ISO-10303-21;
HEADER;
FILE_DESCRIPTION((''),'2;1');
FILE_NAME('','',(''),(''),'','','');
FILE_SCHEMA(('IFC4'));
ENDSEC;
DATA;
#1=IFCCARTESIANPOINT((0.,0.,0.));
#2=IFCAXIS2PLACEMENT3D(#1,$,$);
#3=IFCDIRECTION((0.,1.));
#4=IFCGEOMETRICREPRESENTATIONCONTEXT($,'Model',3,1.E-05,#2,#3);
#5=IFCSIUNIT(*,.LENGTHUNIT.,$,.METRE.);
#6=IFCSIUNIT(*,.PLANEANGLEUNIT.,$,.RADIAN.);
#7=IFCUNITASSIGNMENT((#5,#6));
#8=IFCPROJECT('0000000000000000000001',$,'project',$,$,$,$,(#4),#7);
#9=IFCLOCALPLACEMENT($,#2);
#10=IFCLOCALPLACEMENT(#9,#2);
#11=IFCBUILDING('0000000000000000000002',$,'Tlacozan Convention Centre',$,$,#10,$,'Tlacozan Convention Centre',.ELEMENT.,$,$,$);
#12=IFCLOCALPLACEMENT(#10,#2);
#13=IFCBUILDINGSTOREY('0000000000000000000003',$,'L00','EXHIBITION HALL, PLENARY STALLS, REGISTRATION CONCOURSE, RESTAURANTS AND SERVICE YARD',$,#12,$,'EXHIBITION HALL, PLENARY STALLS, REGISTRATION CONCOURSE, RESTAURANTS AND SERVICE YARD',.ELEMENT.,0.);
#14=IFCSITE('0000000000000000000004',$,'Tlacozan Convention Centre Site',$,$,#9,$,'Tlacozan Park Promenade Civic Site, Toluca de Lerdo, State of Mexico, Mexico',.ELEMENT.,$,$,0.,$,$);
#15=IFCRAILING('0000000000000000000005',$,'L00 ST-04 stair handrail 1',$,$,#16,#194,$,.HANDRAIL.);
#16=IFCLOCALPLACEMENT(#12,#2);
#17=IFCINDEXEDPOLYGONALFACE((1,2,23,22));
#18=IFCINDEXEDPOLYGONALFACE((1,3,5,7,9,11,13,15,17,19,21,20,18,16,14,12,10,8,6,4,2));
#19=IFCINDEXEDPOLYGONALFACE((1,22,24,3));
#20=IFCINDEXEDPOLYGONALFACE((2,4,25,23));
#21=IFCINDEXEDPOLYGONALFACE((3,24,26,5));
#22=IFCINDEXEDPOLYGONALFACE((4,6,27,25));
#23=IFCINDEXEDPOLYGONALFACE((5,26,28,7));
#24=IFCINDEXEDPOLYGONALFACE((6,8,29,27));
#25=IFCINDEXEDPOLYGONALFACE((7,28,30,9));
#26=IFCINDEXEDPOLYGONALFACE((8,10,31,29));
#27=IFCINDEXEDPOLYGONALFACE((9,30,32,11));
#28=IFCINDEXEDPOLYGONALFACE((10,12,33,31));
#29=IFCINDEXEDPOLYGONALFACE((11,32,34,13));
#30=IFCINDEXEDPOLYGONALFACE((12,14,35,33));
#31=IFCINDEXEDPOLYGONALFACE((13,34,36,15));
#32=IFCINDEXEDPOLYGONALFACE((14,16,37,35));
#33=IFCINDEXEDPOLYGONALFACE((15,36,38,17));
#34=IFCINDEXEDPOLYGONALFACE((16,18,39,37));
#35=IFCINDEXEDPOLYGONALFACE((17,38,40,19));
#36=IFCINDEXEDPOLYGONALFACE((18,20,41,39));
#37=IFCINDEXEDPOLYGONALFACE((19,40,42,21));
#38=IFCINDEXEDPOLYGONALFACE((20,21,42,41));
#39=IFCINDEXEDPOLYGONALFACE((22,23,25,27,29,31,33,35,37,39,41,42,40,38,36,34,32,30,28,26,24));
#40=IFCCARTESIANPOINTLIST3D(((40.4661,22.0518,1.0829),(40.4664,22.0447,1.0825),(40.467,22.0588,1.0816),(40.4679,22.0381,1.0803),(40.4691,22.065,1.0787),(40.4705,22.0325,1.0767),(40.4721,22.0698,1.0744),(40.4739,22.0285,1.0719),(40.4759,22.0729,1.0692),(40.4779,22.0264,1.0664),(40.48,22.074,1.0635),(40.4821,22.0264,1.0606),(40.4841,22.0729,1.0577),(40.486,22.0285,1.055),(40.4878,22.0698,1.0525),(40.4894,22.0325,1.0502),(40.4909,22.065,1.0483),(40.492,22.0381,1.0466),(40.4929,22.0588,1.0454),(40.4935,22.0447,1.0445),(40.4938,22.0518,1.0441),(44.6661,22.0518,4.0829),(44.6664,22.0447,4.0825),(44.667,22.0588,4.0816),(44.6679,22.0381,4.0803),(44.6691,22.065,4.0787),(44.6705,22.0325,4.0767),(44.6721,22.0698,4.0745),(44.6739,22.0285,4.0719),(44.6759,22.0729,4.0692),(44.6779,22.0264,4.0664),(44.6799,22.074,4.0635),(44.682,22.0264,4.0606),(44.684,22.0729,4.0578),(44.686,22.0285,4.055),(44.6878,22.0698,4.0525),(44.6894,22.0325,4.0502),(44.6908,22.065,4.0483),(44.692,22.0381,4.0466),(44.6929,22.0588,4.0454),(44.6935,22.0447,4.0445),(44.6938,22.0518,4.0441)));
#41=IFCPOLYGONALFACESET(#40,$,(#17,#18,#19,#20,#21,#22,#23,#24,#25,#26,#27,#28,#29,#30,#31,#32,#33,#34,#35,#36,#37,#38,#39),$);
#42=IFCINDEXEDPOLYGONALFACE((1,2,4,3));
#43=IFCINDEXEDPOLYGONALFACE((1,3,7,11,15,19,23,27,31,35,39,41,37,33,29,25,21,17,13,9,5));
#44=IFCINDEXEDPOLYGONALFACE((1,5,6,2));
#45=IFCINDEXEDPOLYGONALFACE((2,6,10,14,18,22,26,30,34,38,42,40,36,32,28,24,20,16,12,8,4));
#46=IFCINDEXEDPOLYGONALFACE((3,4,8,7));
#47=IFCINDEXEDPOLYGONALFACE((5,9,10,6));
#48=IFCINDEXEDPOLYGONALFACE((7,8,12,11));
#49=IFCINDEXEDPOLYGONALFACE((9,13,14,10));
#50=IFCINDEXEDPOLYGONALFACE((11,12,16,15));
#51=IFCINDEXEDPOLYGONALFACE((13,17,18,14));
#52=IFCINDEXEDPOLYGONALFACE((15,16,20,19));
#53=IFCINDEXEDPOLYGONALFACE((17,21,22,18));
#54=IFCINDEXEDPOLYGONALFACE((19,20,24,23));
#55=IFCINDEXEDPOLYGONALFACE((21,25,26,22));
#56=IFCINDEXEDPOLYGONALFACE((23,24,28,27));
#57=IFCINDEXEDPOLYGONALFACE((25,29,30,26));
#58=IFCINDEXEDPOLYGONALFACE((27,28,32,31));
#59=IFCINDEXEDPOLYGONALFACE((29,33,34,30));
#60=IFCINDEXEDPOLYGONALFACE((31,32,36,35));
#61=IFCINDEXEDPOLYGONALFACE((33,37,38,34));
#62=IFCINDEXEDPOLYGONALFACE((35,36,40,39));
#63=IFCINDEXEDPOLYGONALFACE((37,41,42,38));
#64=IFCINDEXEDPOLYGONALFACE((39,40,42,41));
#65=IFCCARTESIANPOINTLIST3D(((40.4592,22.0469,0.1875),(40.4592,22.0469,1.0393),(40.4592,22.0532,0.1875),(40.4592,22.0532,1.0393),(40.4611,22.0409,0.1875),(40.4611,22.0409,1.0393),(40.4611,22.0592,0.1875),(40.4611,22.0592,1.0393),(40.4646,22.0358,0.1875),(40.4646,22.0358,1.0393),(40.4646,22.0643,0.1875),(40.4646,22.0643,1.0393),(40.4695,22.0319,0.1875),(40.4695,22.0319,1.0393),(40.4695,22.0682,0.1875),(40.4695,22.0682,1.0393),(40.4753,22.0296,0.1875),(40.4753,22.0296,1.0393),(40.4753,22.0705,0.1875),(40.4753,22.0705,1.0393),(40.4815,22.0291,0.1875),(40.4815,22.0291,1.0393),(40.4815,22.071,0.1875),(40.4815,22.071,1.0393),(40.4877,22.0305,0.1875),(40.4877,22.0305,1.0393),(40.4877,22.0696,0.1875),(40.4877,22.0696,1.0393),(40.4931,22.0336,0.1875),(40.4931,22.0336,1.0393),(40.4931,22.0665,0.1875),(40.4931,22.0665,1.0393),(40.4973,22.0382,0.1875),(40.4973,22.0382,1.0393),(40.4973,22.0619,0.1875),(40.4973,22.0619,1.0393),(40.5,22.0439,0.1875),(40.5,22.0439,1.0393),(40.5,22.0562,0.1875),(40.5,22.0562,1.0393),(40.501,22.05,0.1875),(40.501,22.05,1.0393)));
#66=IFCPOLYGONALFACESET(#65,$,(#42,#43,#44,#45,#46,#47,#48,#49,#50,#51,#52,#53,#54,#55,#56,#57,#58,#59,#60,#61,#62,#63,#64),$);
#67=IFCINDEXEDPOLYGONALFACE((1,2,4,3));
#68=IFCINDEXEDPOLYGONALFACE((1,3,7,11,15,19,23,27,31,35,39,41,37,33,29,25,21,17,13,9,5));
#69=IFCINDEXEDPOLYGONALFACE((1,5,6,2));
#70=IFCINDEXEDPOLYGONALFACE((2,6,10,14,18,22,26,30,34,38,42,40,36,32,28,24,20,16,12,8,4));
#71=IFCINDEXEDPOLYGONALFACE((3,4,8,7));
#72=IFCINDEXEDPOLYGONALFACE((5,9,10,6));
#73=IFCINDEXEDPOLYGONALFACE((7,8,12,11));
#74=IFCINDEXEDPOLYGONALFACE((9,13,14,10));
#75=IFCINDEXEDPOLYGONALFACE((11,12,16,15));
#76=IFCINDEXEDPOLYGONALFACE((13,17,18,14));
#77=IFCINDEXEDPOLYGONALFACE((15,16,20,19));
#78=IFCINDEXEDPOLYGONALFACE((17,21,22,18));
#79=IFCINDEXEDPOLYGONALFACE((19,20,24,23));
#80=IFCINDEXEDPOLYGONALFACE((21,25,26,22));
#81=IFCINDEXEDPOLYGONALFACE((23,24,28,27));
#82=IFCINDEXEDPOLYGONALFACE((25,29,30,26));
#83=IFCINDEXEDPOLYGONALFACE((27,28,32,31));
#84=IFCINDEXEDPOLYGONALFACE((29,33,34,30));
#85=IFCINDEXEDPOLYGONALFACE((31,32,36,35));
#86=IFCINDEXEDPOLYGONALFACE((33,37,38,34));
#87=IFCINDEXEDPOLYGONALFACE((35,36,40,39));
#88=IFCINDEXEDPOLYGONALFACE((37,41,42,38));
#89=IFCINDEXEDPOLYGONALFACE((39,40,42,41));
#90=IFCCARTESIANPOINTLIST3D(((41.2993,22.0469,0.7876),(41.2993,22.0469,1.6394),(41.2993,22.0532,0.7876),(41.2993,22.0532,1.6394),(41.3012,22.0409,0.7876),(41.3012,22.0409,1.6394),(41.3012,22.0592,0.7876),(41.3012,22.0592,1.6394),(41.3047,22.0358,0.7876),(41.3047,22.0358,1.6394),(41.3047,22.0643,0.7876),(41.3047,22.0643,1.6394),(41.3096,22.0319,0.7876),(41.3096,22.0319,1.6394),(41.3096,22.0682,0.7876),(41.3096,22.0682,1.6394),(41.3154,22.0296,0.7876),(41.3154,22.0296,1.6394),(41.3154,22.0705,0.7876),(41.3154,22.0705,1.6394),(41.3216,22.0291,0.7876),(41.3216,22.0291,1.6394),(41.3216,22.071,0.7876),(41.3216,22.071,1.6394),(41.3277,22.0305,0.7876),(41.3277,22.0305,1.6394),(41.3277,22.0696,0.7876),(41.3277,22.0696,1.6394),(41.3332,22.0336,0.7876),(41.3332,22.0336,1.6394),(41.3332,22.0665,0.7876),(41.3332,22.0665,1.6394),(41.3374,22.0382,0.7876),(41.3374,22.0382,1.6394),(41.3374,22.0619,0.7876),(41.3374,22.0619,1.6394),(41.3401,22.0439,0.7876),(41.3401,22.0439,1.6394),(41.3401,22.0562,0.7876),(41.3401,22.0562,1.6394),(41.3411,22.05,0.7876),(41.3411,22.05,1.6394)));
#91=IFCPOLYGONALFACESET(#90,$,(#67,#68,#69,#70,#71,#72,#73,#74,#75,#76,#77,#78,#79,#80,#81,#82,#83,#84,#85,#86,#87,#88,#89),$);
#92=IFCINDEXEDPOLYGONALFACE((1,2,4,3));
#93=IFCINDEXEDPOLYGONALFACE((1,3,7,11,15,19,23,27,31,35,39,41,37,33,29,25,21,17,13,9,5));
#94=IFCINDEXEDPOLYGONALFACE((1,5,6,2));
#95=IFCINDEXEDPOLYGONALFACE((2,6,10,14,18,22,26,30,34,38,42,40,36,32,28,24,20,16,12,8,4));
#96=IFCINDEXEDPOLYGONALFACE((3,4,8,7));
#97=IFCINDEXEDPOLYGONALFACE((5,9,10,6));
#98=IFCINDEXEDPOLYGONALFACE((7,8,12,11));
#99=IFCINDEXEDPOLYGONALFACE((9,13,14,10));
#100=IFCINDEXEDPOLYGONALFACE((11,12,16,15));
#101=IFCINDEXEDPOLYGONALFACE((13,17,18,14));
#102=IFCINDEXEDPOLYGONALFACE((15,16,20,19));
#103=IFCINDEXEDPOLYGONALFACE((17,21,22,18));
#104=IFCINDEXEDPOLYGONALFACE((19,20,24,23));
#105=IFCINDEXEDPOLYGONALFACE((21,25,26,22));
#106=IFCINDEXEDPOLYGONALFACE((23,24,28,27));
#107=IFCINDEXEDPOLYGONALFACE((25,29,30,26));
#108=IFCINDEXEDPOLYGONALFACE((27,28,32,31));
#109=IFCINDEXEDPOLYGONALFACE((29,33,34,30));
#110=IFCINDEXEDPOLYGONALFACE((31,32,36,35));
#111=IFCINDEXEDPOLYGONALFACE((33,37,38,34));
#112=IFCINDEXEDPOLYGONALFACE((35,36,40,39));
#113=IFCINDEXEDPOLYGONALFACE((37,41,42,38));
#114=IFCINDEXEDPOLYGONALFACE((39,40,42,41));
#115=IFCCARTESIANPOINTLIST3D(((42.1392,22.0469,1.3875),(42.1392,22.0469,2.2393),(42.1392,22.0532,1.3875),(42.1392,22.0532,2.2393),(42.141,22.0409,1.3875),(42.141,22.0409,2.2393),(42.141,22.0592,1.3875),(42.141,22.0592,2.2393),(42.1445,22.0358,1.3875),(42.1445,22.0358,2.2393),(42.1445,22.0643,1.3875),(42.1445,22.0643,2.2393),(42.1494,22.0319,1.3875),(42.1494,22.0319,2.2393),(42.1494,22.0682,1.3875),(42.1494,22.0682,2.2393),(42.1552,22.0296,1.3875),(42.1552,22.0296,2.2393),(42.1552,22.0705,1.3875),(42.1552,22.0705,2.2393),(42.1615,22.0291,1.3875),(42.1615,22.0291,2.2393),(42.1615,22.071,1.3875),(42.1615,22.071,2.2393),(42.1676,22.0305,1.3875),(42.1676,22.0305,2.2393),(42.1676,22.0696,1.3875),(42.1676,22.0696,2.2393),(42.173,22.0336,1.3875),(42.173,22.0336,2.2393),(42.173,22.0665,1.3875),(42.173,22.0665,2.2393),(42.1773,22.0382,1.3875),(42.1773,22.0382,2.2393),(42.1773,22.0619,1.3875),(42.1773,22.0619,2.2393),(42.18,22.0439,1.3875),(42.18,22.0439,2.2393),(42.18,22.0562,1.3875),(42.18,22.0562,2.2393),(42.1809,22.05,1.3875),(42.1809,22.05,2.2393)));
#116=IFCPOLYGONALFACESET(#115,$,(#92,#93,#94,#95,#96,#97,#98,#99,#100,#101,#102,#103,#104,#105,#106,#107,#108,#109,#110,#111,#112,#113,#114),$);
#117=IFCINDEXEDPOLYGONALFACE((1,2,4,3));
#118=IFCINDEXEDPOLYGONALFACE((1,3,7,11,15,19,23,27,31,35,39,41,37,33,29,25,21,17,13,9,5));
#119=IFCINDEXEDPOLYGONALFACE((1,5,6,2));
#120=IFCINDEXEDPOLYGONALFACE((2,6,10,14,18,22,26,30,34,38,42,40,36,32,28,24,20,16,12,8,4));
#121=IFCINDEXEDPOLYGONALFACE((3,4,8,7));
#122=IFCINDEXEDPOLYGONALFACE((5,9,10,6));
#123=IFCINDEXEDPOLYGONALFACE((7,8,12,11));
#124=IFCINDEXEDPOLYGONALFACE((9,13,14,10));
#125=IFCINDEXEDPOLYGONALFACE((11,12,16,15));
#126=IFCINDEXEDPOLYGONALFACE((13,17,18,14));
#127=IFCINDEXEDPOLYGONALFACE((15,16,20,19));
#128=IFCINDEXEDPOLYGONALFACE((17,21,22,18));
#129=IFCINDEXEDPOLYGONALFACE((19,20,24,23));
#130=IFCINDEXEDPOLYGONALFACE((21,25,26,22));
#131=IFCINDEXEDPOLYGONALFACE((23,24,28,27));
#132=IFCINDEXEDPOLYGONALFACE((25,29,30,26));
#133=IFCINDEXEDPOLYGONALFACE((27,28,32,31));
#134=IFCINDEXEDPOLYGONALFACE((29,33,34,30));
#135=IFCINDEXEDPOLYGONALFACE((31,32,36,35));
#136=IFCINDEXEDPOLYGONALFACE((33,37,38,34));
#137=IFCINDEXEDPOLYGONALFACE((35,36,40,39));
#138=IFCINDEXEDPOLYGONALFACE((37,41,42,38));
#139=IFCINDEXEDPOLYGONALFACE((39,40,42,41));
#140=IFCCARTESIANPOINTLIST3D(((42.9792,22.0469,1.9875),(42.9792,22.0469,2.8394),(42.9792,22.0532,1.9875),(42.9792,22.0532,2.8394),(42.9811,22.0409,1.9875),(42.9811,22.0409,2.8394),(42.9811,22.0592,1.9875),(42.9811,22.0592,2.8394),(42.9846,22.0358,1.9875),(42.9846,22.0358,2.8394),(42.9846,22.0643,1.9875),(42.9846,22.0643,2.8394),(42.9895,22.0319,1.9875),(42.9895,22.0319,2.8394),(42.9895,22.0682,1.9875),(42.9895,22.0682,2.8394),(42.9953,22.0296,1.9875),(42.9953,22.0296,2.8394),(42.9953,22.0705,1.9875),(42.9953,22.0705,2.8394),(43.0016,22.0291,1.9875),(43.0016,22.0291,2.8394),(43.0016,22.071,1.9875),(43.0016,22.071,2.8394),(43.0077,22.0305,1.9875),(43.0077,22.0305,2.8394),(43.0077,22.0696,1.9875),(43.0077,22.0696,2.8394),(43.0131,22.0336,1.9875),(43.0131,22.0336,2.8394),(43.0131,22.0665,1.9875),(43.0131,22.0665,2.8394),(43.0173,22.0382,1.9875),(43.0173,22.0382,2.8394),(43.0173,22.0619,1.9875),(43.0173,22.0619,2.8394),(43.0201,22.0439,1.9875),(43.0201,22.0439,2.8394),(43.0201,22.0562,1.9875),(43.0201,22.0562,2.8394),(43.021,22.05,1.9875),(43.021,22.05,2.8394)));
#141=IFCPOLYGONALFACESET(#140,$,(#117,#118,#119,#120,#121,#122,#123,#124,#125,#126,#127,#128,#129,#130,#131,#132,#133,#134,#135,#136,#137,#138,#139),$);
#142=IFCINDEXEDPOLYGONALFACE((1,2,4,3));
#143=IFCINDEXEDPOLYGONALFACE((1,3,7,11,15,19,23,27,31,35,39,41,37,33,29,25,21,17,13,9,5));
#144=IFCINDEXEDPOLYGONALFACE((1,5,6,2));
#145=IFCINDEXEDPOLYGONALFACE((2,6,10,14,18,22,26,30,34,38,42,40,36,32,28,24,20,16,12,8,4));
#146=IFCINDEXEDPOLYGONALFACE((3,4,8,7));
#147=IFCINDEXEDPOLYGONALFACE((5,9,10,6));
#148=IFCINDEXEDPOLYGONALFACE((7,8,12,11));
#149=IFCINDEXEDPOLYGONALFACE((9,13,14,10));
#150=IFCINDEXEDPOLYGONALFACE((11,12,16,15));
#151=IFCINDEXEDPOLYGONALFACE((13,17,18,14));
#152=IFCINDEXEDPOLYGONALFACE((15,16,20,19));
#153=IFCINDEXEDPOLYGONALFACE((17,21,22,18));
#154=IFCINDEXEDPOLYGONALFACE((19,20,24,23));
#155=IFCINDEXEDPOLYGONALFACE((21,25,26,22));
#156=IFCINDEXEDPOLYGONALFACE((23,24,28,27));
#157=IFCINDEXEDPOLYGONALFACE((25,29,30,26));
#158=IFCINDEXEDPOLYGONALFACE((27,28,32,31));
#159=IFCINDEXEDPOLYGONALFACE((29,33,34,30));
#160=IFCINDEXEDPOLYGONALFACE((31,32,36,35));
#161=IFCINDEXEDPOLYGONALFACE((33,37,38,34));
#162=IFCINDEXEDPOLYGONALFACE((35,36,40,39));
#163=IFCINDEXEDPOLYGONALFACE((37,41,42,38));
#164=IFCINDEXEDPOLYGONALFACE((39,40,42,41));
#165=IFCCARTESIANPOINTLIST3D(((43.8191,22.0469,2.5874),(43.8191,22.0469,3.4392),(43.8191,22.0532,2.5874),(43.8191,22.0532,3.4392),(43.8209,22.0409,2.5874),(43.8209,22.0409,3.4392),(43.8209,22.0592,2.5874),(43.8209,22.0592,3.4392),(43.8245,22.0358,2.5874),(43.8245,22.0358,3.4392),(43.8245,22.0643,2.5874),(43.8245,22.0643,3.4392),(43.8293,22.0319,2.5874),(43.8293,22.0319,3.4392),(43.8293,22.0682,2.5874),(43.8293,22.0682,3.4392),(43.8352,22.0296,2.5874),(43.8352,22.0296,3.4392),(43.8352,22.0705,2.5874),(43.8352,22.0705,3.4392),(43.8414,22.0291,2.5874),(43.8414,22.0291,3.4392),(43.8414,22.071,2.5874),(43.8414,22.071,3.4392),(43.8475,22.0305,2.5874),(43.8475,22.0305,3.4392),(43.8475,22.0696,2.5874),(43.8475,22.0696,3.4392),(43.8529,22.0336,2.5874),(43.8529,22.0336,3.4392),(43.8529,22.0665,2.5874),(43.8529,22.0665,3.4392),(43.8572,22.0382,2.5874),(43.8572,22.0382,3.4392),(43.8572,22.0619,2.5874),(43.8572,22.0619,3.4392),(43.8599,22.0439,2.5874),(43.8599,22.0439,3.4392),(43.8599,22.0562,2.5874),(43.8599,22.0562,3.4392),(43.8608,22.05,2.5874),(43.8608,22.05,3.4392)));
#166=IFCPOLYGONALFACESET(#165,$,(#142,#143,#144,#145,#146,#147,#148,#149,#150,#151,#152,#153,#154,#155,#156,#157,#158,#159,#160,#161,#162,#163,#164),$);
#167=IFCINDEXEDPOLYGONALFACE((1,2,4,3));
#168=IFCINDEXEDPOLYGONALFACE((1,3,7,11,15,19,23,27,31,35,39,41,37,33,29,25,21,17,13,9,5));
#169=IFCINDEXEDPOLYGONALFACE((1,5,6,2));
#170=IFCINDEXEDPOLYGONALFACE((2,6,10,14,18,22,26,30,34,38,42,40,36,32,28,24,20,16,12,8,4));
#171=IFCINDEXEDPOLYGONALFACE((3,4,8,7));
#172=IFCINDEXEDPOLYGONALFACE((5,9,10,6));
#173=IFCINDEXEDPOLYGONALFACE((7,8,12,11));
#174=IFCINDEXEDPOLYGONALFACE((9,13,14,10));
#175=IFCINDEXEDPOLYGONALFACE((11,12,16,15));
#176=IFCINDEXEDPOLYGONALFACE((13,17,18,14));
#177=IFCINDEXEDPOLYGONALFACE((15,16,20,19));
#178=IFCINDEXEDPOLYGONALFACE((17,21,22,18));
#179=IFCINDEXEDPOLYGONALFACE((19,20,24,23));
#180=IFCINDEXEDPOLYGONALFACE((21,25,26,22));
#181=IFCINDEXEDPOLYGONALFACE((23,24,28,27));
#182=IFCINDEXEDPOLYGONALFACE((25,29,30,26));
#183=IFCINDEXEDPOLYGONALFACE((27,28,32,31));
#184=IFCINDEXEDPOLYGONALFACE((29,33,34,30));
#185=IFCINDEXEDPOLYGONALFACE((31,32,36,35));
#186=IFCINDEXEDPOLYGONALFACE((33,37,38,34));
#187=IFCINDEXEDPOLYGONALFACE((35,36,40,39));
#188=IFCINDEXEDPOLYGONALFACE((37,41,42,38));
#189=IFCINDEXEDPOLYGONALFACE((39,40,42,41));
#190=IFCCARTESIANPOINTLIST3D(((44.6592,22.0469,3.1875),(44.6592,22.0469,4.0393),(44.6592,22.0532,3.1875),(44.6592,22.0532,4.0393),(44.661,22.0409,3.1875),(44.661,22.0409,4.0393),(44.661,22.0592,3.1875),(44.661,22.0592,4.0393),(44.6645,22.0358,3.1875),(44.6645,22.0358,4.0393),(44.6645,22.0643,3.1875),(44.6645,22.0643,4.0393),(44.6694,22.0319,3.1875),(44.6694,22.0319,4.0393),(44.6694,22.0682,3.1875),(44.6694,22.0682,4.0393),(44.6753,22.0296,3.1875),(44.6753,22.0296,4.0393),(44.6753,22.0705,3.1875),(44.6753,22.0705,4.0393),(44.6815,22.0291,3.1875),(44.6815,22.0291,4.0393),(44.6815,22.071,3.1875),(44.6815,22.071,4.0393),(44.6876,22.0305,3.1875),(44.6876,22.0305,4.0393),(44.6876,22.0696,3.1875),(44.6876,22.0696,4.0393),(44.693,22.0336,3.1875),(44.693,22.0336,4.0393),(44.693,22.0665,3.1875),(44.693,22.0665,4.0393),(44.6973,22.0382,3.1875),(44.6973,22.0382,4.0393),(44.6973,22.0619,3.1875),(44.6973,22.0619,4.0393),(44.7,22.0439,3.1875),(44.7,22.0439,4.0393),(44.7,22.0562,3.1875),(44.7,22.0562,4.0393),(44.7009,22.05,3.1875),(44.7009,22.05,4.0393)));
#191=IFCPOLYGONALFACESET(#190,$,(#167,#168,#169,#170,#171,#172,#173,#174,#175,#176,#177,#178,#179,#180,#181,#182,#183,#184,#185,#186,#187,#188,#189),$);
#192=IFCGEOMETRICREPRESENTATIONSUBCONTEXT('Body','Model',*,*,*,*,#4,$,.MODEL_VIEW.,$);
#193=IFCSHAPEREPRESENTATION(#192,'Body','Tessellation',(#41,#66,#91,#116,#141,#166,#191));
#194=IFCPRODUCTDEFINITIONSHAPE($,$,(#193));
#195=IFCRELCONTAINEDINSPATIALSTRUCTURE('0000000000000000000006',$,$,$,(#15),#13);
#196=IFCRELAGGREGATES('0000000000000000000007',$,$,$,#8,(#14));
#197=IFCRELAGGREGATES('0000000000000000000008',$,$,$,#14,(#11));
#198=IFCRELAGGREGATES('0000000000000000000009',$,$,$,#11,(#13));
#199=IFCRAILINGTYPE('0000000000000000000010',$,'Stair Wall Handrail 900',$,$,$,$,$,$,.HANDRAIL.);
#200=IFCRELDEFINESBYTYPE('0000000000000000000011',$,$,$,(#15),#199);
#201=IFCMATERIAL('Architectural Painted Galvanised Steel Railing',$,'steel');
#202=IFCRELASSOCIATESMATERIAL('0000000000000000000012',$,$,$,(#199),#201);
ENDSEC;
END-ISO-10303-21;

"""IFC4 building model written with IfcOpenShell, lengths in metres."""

from ifc_helpers import new_model, si_unit, direction, frame, origin, origin_2d, place, context, subcontext, project, spatial, circle, extrude, material, type_object, element, save


model = new_model("IFC4")

# Units and contexts
model_context = context("Model", 3, precision=1e-05, world=origin(), true_north=direction((0.0, 1.0)))
body_context = subcontext(model_context, "Body", "Model", "MODEL_VIEW")
ifc_project = project(units=[si_unit("LENGTHUNIT", "METRE"), si_unit("PLANEANGLEUNIT", "RADIAN")], contexts=[model_context])

# Site, building, storey
site_placement = place(None, origin())
site = spatial("IfcSite", under=ifc_project, at=site_placement, Name="Tlacozan Convention Centre Site", LongName="Tlacozan Park Promenade Civic Site, Toluca de Lerdo, State of Mexico, Mexico", CompositionType="ELEMENT", RefElevation=0.0)
building_placement = place(site_placement, origin())
building = spatial("IfcBuilding", under=site, at=building_placement, Name="Tlacozan Convention Centre", LongName="Tlacozan Convention Centre", CompositionType="ELEMENT")
storey_placement = place(building_placement, origin())
storey = spatial("IfcBuildingStorey", under=building, at=storey_placement, Name="L00", Description="EXHIBITION HALL, PLENARY STALLS, REGISTRATION CONCOURSE, RESTAURANTS AND SERVICE YARD", LongName="EXHIBITION HALL, PLENARY STALLS, REGISTRATION CONCOURSE, RESTAURANTS AND SERVICE YARD", CompositionType="ELEMENT", Elevation=0.0)

# Railing
ifc_material_1 = material(Name="Architectural Painted Galvanised Steel Railing", Category="steel")
railing_type_1 = type_object("IfcRailingType", Name="Stair Wall Handrail 900", PredefinedType="HANDRAIL", material=ifc_material_1)
railing_1_placement = place(storey_placement, frame((40.48, 22.05, 0.1875)))
element("IfcRailing", 1, at=railing_1_placement, inside=storey, type_object=railing_type_1, Name="L00 ST-04 stair handrail 1", PredefinedType="HANDRAIL", context=body_context, shape_type="SweptSolid", body=[
    extrude(circle(Radius=0.0239, at=origin_2d()), frame((0.0, 0.0, 0.876), z_axis=(0.81373, 0.0, 0.581243), x_axis=(0.0, 1.0, 0.0)), (0.0, 0.0, 1.0), 5.1614),
    extrude(circle(Radius=0.021, at=origin_2d()), origin(), (0.0, 0.0, 1.0), 0.8518),
    extrude(circle(Radius=0.021, at=origin_2d()), frame((0.8401, 0.0, 0.6001)), (0.0, 0.0, 1.0), 0.8518),
    extrude(circle(Radius=0.021, at=origin_2d()), frame((1.6799, 0.0, 1.2)), (0.0, 0.0, 1.0), 0.8518),
    extrude(circle(Radius=0.021, at=origin_2d()), frame((2.52, 0.0, 1.8)), (0.0, 0.0, 1.0), 0.8518),
    extrude(circle(Radius=0.021, at=origin_2d()), frame((3.3599, 0.0, 2.3999)), (0.0, 0.0, 1.0), 0.8518),
    extrude(circle(Radius=0.021, at=origin_2d()), frame((4.2, 0.0, 3.0)), (0.0, 0.0, 1.0), 0.8518),
])

save(model, "model.ifc")
